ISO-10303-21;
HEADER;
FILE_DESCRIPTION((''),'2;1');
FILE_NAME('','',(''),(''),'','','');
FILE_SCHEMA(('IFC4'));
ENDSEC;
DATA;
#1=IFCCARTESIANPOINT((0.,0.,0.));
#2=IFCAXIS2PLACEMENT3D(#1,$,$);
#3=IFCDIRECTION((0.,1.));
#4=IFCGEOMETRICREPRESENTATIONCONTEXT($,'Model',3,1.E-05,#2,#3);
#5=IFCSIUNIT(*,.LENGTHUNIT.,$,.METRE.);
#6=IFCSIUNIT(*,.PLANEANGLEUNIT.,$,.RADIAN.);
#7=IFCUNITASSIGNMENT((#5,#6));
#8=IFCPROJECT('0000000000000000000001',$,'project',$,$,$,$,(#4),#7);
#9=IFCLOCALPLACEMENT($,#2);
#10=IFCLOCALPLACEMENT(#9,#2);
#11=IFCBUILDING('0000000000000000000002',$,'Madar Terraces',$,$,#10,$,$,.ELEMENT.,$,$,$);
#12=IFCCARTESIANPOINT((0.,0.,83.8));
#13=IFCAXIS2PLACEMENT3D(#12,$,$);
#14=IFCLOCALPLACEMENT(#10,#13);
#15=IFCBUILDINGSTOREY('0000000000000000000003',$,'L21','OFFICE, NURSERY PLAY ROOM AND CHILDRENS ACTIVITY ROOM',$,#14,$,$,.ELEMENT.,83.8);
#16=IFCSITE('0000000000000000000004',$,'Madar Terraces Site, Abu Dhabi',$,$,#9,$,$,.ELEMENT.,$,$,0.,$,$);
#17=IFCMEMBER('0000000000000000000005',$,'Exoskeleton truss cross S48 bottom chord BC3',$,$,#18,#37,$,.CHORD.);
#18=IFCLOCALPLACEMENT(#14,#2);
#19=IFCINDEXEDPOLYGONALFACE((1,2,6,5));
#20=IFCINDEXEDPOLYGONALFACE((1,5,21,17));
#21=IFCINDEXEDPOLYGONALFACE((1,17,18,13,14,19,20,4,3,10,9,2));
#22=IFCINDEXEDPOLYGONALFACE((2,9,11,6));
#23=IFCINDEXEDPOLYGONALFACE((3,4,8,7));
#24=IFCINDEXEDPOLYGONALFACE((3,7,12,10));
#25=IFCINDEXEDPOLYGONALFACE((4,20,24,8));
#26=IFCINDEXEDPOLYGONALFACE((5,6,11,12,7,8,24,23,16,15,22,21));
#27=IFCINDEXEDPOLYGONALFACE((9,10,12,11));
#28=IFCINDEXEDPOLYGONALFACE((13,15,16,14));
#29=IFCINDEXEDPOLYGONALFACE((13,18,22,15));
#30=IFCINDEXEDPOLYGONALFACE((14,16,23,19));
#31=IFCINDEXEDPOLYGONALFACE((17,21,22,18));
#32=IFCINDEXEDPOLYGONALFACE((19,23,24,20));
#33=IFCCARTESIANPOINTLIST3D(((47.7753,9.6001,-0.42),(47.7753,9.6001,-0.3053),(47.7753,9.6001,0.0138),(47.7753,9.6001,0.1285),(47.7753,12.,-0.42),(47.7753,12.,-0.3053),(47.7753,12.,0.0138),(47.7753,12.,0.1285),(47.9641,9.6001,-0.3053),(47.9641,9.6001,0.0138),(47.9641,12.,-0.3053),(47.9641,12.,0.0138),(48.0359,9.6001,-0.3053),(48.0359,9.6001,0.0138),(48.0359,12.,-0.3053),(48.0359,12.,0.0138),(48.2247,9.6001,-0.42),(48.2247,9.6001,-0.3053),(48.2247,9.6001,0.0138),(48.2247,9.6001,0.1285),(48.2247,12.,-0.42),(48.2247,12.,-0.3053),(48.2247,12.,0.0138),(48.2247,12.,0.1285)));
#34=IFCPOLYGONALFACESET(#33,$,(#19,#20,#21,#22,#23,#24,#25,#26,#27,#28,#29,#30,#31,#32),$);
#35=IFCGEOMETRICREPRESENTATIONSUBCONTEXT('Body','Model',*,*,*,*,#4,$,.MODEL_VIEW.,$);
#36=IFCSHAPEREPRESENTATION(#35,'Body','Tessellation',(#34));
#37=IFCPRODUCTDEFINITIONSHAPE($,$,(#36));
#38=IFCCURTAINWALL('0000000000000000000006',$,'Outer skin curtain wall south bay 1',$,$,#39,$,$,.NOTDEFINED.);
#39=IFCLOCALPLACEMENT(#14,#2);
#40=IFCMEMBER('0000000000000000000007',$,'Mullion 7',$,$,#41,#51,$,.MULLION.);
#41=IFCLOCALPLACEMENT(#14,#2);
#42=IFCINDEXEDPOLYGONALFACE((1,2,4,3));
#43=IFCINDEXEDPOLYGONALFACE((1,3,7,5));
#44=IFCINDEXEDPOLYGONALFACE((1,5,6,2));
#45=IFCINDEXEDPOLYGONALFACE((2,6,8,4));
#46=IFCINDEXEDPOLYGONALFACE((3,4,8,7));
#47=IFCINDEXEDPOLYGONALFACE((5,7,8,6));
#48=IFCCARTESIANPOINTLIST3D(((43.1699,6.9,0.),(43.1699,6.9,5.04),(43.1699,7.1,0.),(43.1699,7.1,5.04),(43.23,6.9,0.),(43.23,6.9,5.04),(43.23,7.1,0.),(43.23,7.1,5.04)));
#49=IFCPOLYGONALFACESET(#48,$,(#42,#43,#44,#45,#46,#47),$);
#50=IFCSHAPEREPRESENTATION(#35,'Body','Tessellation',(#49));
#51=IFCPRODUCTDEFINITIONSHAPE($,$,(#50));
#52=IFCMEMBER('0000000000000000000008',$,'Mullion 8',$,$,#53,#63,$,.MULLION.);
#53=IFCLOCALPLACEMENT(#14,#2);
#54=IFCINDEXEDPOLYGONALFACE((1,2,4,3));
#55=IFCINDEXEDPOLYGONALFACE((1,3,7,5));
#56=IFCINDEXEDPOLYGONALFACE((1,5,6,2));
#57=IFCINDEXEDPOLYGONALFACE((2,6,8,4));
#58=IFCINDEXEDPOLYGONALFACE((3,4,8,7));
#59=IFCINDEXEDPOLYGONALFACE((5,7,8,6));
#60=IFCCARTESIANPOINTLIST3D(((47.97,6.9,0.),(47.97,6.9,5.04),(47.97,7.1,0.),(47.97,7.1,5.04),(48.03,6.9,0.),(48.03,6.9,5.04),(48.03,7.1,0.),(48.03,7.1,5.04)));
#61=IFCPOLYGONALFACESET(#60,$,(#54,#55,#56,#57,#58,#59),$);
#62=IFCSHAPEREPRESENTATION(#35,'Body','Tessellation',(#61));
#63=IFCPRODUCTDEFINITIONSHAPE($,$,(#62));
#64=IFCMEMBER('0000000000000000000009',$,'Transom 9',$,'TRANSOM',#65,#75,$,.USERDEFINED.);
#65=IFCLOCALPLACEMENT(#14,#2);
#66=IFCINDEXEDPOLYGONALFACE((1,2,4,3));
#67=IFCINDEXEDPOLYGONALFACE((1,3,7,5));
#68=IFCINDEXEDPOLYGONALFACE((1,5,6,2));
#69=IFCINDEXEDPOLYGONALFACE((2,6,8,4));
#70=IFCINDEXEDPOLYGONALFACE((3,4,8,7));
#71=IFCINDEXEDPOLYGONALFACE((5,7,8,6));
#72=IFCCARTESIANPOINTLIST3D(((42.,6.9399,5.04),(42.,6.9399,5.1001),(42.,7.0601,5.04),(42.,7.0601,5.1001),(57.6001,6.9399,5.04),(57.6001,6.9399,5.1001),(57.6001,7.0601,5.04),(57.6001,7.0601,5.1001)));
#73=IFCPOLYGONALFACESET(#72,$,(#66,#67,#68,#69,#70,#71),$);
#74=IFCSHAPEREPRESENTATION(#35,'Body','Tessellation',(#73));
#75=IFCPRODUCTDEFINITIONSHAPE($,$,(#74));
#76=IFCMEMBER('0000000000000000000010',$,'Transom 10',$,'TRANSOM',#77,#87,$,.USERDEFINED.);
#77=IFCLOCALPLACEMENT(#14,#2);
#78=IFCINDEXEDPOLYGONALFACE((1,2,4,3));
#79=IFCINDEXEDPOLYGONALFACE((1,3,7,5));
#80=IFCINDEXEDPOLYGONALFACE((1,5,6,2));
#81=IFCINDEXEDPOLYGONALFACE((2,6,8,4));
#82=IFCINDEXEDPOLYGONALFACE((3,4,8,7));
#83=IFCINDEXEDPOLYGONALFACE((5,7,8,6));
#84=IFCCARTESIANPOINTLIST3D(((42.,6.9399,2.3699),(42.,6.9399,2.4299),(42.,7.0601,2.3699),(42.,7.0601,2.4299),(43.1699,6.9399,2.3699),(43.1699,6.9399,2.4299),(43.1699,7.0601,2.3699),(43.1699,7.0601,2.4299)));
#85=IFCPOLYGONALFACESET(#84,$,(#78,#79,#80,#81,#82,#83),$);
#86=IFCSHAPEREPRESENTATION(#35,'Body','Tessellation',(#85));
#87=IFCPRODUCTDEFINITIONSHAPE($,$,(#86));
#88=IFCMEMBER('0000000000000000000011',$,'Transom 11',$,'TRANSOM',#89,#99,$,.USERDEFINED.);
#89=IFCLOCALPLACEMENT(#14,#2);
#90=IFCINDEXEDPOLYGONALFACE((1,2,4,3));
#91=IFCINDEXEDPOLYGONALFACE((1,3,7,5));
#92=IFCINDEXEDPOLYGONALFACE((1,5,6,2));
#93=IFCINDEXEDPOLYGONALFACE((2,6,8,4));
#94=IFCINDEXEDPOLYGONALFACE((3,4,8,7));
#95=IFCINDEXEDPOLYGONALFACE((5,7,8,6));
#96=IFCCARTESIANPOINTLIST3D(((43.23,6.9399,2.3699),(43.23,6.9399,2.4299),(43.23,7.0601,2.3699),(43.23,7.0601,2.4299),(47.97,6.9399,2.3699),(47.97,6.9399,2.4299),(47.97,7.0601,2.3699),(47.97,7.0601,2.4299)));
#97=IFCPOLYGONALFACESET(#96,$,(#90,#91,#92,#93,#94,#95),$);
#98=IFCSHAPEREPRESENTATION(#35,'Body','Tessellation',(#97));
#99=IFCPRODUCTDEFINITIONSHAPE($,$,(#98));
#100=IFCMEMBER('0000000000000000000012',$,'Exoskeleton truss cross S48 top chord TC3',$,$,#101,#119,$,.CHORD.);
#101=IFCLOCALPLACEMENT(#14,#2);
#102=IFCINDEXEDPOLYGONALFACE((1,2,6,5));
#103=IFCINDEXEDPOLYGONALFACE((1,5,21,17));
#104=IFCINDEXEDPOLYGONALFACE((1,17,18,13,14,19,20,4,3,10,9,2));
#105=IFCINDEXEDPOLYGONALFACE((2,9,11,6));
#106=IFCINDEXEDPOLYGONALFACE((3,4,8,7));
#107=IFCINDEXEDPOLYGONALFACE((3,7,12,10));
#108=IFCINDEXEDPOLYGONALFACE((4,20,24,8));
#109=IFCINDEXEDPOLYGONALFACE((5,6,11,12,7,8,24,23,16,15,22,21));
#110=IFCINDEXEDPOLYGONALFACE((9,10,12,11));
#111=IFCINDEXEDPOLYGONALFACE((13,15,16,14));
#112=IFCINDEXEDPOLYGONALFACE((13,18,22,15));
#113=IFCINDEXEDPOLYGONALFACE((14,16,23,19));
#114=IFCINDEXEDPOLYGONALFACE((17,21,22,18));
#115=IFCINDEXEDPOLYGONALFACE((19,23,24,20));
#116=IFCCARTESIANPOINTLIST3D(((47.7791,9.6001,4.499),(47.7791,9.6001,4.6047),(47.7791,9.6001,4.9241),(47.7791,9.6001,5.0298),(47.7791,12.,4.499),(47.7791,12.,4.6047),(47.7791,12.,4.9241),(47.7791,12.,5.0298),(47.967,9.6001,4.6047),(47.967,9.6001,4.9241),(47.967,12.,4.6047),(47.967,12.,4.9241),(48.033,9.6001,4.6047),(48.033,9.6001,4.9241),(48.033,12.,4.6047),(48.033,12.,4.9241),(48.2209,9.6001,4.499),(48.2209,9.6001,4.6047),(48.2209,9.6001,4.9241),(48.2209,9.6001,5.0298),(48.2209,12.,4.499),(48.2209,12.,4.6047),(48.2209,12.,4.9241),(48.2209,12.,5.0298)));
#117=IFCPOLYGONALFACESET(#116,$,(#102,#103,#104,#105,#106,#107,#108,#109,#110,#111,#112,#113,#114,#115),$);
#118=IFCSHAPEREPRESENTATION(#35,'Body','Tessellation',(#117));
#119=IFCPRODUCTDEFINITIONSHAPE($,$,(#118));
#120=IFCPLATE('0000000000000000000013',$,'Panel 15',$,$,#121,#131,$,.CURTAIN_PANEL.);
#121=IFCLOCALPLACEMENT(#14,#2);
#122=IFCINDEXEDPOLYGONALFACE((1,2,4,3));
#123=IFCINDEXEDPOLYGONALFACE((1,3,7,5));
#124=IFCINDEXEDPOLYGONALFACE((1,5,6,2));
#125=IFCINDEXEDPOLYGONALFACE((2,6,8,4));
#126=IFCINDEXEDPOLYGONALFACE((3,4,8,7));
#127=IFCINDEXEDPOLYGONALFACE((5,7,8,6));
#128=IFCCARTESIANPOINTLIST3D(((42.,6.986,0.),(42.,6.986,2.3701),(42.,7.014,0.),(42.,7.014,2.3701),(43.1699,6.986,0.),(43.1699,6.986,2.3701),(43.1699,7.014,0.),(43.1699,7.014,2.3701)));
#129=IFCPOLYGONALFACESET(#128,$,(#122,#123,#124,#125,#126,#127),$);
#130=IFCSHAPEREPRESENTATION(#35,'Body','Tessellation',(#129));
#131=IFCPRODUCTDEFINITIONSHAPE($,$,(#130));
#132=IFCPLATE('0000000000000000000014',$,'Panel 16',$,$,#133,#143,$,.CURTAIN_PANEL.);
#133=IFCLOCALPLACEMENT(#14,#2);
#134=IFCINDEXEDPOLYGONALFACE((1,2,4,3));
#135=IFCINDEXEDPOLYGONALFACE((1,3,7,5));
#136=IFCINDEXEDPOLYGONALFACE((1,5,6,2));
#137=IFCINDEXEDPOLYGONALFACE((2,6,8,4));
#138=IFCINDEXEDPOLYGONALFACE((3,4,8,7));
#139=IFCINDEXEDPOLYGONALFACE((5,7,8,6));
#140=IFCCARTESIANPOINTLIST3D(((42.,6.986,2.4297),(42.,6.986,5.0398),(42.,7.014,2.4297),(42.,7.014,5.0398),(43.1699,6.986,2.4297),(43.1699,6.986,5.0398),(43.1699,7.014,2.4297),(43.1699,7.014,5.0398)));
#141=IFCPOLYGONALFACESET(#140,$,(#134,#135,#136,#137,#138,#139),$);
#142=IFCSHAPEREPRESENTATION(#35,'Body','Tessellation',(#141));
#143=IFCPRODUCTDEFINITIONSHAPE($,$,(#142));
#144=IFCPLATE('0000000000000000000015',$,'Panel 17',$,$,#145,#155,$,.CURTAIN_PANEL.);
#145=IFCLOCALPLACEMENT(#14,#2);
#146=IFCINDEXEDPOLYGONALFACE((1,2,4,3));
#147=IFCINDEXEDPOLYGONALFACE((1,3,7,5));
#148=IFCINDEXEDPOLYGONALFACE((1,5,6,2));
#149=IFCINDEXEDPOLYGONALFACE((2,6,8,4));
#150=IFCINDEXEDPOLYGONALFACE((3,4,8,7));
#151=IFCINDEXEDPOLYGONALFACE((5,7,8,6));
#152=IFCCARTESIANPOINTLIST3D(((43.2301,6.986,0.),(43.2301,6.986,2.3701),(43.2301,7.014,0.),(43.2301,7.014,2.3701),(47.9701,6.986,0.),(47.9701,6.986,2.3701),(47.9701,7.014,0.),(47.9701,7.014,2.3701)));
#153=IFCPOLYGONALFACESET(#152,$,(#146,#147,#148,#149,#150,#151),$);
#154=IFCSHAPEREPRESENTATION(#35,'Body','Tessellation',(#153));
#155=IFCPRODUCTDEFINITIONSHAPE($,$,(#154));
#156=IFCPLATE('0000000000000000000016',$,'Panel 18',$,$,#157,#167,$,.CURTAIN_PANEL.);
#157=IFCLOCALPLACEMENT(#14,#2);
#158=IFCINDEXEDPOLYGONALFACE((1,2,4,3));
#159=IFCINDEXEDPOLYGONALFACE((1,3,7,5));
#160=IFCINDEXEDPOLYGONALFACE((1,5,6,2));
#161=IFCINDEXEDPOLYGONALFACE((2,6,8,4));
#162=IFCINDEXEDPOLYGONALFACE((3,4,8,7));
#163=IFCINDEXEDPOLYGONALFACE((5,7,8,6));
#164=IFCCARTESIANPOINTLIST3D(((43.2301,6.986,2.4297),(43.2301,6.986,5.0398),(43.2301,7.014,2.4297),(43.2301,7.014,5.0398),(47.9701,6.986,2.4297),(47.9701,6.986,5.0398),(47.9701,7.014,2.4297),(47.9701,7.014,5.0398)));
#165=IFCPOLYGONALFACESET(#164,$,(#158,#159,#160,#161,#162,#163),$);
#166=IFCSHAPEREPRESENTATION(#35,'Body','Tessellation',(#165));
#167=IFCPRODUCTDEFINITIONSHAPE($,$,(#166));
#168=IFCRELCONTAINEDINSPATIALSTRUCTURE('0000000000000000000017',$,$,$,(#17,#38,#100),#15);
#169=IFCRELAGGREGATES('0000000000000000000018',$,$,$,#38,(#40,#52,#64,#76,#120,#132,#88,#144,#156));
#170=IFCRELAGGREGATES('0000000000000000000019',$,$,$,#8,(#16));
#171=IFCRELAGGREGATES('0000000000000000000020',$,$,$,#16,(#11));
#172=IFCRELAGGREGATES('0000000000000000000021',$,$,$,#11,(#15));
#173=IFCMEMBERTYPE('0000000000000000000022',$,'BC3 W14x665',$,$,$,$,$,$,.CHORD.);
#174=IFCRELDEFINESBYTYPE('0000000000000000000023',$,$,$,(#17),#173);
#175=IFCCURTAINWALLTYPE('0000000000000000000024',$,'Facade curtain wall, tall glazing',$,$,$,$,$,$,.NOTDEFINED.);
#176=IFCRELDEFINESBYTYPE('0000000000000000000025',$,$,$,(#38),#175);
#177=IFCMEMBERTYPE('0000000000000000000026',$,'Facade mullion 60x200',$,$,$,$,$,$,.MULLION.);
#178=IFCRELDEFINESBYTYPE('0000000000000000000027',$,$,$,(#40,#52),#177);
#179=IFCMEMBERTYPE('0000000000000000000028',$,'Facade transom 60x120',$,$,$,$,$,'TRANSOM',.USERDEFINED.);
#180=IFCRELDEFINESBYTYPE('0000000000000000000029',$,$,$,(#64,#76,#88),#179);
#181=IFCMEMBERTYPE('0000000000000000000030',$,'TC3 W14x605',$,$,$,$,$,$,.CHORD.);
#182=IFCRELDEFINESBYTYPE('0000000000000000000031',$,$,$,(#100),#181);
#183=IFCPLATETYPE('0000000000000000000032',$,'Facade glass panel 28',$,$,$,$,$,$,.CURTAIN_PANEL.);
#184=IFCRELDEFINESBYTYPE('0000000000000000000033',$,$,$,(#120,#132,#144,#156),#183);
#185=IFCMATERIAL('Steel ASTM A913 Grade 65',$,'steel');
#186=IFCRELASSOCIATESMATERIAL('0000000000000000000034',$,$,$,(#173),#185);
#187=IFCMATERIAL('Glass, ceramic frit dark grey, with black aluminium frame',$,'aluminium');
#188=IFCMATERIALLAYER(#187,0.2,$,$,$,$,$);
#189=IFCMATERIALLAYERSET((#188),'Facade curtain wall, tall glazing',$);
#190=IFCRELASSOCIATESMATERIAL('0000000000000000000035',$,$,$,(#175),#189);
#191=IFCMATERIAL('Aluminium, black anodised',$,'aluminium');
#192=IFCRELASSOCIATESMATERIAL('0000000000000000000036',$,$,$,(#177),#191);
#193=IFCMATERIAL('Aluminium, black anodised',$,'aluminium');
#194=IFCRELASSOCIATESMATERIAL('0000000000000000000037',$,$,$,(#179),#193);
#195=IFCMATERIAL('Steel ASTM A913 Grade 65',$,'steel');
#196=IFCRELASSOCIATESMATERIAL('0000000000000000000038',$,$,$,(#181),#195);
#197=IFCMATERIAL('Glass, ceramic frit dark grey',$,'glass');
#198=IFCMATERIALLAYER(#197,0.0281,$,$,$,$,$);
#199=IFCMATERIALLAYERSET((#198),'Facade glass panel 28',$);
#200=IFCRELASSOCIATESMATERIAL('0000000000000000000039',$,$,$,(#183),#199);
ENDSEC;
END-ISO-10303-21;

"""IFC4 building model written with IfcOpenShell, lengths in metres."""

from ifc_helpers import new_model, si_unit, direction, frame, origin, origin_2d, place, context, subcontext, project, spatial, rectangle, i_section, extrude, material, layer, layer_set, material_profile, profile_set, type_object, element, aggregate, save


model = new_model("IFC4")

# Units and contexts
model_context = context("Model", 3, precision=1e-05, world=origin(), true_north=direction((0.0, 1.0)))
body_context = subcontext(model_context, "Body", "Model", "MODEL_VIEW")
ifc_project = project(units=[si_unit("LENGTHUNIT", "METRE"), si_unit("PLANEANGLEUNIT", "RADIAN")], contexts=[model_context])

# Site, building, storey
site_placement = place(None, origin())
site = spatial("IfcSite", under=ifc_project, at=site_placement, Name="Madar Terraces Site, Abu Dhabi", CompositionType="ELEMENT", RefElevation=0.0)
building_placement = place(site_placement, origin())
building = spatial("IfcBuilding", under=site, at=building_placement, Name="Madar Terraces", CompositionType="ELEMENT")
storey_placement = place(building_placement, frame((0.0, 0.0, 83.8)))
storey = spatial("IfcBuildingStorey", under=building, at=storey_placement, Name="L21", Description="OFFICE, NURSERY PLAY ROOM AND CHILDRENS ACTIVITY ROOM", CompositionType="ELEMENT", Elevation=83.8)

# Member
ifc_material_1 = material(Name="Steel ASTM A913 Grade 65", Category="steel")
ifc_material_profile_1 = material_profile(ifc_material_1, i_section(OverallWidth=0.4495, OverallDepth=0.5486, WebThickness=0.0718, FlangeThickness=0.1147, at=origin_2d()), Name="W14x665")
ifc_profile_set_1 = profile_set([ifc_material_profile_1], Name="Steel ASTM A913 Grade 65")
member_type_1 = type_object("IfcMemberType", Name="BC3 W14x665", PredefinedType="CHORD", material=ifc_profile_set_1)
member_1_placement = place(storey_placement, frame((48.0, 9.6001, -0.1458), z_axis=(0.0, 1.0, 0.0), x_axis=(-1.0, 0.0, 0.0)))
element("IfcMember", 1, at=member_1_placement, inside=storey, type_object=member_type_1, Name="Exoskeleton truss cross S48 bottom chord BC3", PredefinedType="CHORD", context=body_context, shape_type="SweptSolid", body=[
    extrude(i_section(OverallWidth=0.4495, OverallDepth=0.5486, WebThickness=0.0718, FlangeThickness=0.1147, at=origin_2d()), origin(), (0.0, 0.0, 1.0), 2.3999),
])

# Curtain wall, members
ifc_material_2 = material(Name="Glass, ceramic frit dark grey, with black aluminium frame", Category="aluminium")
ifc_layer_1 = layer(ifc_material_2, 0.2)
ifc_layer_set_1 = layer_set([ifc_layer_1], Name="Facade curtain wall, tall glazing")
curtain_wall_type = type_object("IfcCurtainWallType", Name="Facade curtain wall, tall glazing", PredefinedType="NOTDEFINED", material=ifc_layer_set_1)
curtain_wall_placement = place(storey_placement, origin())
curtain_wall = element("IfcCurtainWall", 2, at=curtain_wall_placement, inside=storey, type_object=curtain_wall_type, Name="Outer skin curtain wall south bay 1", PredefinedType="NOTDEFINED")
ifc_material_3 = material(Name="Aluminium, black anodised", Category="aluminium")
ifc_material_profile_2 = material_profile(ifc_material_3, rectangle(XDim=0.2, YDim=0.0601, at=origin_2d()), Name="Facade mullion 60x200")
ifc_profile_set_2 = profile_set([ifc_material_profile_2], Name="Aluminium, black anodised")
member_type_2 = type_object("IfcMemberType", Name="Facade mullion 60x200", PredefinedType="MULLION", material=ifc_profile_set_2)
member_2_placement = place(storey_placement, frame((43.2, 7.0, 0.0), z_axis=(0.0, 0.0, 1.0), x_axis=(0.0, 1.0, 0.0)))
member_2 = element("IfcMember", 3, at=member_2_placement, type_object=member_type_2, Name="Mullion 7", PredefinedType="MULLION", context=body_context, shape_type="SweptSolid", body=[
    extrude(rectangle(XDim=0.2, YDim=0.0601, at=origin_2d()), origin(), (0.0, 0.0, 1.0), 5.04),
])
member_3_placement = place(storey_placement, frame((48.0, 7.0, 0.0), z_axis=(0.0, 0.0, 1.0), x_axis=(0.0, 1.0, 0.0)))
member_3 = element("IfcMember", 4, at=member_3_placement, type_object=member_type_2, Name="Mullion 8", PredefinedType="MULLION", context=body_context, shape_type="SweptSolid", body=[
    extrude(rectangle(XDim=0.2, YDim=0.0601, at=origin_2d()), origin(), (0.0, 0.0, 1.0), 5.04),
])
ifc_material_4 = material(Name="Aluminium, black anodised", Category="aluminium")
ifc_material_profile_3 = material_profile(ifc_material_4, rectangle(XDim=0.1201, YDim=0.0601, at=origin_2d()), Name="Facade transom 60x120")
ifc_profile_set_3 = profile_set([ifc_material_profile_3], Name="Aluminium, black anodised")
member_type_3 = type_object("IfcMemberType", Name="Facade transom 60x120", ElementType="TRANSOM", PredefinedType="USERDEFINED", material=ifc_profile_set_3)
member_4_placement = place(storey_placement, frame((42.0, 7.0, 5.0701), z_axis=(1.0, 0.0, 0.0), x_axis=(0.0, 1.0, 0.0)))
member_4 = element("IfcMember", 5, at=member_4_placement, type_object=member_type_3, Name="Transom 9", ObjectType="TRANSOM", PredefinedType="USERDEFINED", context=body_context, shape_type="SweptSolid", body=[
    extrude(rectangle(XDim=0.1201, YDim=0.0601, at=origin_2d()), origin(), (0.0, 0.0, 1.0), 15.6001),
])
member_5_placement = place(storey_placement, frame((42.0, 7.0, 2.3999), z_axis=(1.0, 0.0, 0.0), x_axis=(0.0, 1.0, 0.0)))
member_5 = element("IfcMember", 6, at=member_5_placement, type_object=member_type_3, Name="Transom 10", ObjectType="TRANSOM", PredefinedType="USERDEFINED", context=body_context, shape_type="SweptSolid", body=[
    extrude(rectangle(XDim=0.1201, YDim=0.0601, at=origin_2d()), origin(), (0.0, 0.0, 1.0), 1.1699),
])
member_6_placement = place(storey_placement, frame((43.23, 7.0, 2.3999), z_axis=(1.0, 0.0, 0.0), x_axis=(0.0, 1.0, 0.0)))
member_6 = element("IfcMember", 7, at=member_6_placement, type_object=member_type_3, Name="Transom 11", ObjectType="TRANSOM", PredefinedType="USERDEFINED", context=body_context, shape_type="SweptSolid", body=[
    extrude(rectangle(XDim=0.1201, YDim=0.0601, at=origin_2d()), origin(), (0.0, 0.0, 1.0), 4.74),
])

# Member
ifc_material_5 = material(Name="Steel ASTM A913 Grade 65", Category="steel")
ifc_material_profile_4 = material_profile(ifc_material_5, i_section(OverallWidth=0.4419, OverallDepth=0.5308, WebThickness=0.0659, FlangeThickness=0.1057, at=origin_2d()), Name="W14x605")
ifc_profile_set_4 = profile_set([ifc_material_profile_4], Name="Steel ASTM A913 Grade 65")
member_type_4 = type_object("IfcMemberType", Name="TC3 W14x605", PredefinedType="CHORD", material=ifc_profile_set_4)
member_7_placement = place(storey_placement, frame((48.0, 9.6001, 4.7644), z_axis=(0.0, 1.0, 0.0), x_axis=(-1.0, 0.0, 0.0)))
element("IfcMember", 8, at=member_7_placement, inside=storey, type_object=member_type_4, Name="Exoskeleton truss cross S48 top chord TC3", PredefinedType="CHORD", context=body_context, shape_type="SweptSolid", body=[
    extrude(i_section(OverallWidth=0.4419, OverallDepth=0.5308, WebThickness=0.0659, FlangeThickness=0.1057, at=origin_2d()), origin(), (0.0, 0.0, 1.0), 2.3999),
])

# Plates
ifc_material_6 = material(Name="Glass, ceramic frit dark grey", Category="glass")
ifc_layer_2 = layer(ifc_material_6, 0.0281)
ifc_layer_set_2 = layer_set([ifc_layer_2], Name="Facade glass panel 28")
plate_type = type_object("IfcPlateType", Name="Facade glass panel 28", PredefinedType="CURTAIN_PANEL", material=ifc_layer_set_2)
plate_1_placement = place(storey_placement, frame((42.585, 7.0, 0.0), z_axis=(0.0, 0.0, 1.0), x_axis=(1.0, 0.0, 0.0)))
plate_1 = element("IfcPlate", 9, at=plate_1_placement, type_object=plate_type, Name="Panel 15", PredefinedType="CURTAIN_PANEL", context=body_context, shape_type="SweptSolid", body=[
    extrude(rectangle(XDim=1.1699, YDim=0.0281, at=origin_2d()), origin(), (0.0, 0.0, 1.0), 2.3701),
])
plate_2_placement = place(storey_placement, frame((42.585, 7.0, 2.4297), z_axis=(0.0, 0.0, 1.0), x_axis=(1.0, 0.0, 0.0)))
plate_2 = element("IfcPlate", 10, at=plate_2_placement, type_object=plate_type, Name="Panel 16", PredefinedType="CURTAIN_PANEL", context=body_context, shape_type="SweptSolid", body=[
    extrude(rectangle(XDim=1.1699, YDim=0.0281, at=origin_2d()), origin(), (0.0, 0.0, 1.0), 2.6101),
])
plate_3_placement = place(storey_placement, frame((45.6001, 7.0, 0.0), z_axis=(0.0, 0.0, 1.0), x_axis=(1.0, 0.0, 0.0)))
plate_3 = element("IfcPlate", 11, at=plate_3_placement, type_object=plate_type, Name="Panel 17", PredefinedType="CURTAIN_PANEL", context=body_context, shape_type="SweptSolid", body=[
    extrude(rectangle(XDim=4.74, YDim=0.0281, at=origin_2d()), origin(), (0.0, 0.0, 1.0), 2.3701),
])
plate_4_placement = place(storey_placement, frame((45.6001, 7.0, 2.4297), z_axis=(0.0, 0.0, 1.0), x_axis=(1.0, 0.0, 0.0)))
plate_4 = element("IfcPlate", 12, at=plate_4_placement, type_object=plate_type, Name="Panel 18", PredefinedType="CURTAIN_PANEL", context=body_context, shape_type="SweptSolid", body=[
    extrude(rectangle(XDim=4.74, YDim=0.0281, at=origin_2d()), origin(), (0.0, 0.0, 1.0), 2.6101),
])
aggregate(curtain_wall, [member_2, member_3, member_4, member_5, plate_1, plate_2, member_6, plate_3, plate_4])

save(model, "model.ifc")
